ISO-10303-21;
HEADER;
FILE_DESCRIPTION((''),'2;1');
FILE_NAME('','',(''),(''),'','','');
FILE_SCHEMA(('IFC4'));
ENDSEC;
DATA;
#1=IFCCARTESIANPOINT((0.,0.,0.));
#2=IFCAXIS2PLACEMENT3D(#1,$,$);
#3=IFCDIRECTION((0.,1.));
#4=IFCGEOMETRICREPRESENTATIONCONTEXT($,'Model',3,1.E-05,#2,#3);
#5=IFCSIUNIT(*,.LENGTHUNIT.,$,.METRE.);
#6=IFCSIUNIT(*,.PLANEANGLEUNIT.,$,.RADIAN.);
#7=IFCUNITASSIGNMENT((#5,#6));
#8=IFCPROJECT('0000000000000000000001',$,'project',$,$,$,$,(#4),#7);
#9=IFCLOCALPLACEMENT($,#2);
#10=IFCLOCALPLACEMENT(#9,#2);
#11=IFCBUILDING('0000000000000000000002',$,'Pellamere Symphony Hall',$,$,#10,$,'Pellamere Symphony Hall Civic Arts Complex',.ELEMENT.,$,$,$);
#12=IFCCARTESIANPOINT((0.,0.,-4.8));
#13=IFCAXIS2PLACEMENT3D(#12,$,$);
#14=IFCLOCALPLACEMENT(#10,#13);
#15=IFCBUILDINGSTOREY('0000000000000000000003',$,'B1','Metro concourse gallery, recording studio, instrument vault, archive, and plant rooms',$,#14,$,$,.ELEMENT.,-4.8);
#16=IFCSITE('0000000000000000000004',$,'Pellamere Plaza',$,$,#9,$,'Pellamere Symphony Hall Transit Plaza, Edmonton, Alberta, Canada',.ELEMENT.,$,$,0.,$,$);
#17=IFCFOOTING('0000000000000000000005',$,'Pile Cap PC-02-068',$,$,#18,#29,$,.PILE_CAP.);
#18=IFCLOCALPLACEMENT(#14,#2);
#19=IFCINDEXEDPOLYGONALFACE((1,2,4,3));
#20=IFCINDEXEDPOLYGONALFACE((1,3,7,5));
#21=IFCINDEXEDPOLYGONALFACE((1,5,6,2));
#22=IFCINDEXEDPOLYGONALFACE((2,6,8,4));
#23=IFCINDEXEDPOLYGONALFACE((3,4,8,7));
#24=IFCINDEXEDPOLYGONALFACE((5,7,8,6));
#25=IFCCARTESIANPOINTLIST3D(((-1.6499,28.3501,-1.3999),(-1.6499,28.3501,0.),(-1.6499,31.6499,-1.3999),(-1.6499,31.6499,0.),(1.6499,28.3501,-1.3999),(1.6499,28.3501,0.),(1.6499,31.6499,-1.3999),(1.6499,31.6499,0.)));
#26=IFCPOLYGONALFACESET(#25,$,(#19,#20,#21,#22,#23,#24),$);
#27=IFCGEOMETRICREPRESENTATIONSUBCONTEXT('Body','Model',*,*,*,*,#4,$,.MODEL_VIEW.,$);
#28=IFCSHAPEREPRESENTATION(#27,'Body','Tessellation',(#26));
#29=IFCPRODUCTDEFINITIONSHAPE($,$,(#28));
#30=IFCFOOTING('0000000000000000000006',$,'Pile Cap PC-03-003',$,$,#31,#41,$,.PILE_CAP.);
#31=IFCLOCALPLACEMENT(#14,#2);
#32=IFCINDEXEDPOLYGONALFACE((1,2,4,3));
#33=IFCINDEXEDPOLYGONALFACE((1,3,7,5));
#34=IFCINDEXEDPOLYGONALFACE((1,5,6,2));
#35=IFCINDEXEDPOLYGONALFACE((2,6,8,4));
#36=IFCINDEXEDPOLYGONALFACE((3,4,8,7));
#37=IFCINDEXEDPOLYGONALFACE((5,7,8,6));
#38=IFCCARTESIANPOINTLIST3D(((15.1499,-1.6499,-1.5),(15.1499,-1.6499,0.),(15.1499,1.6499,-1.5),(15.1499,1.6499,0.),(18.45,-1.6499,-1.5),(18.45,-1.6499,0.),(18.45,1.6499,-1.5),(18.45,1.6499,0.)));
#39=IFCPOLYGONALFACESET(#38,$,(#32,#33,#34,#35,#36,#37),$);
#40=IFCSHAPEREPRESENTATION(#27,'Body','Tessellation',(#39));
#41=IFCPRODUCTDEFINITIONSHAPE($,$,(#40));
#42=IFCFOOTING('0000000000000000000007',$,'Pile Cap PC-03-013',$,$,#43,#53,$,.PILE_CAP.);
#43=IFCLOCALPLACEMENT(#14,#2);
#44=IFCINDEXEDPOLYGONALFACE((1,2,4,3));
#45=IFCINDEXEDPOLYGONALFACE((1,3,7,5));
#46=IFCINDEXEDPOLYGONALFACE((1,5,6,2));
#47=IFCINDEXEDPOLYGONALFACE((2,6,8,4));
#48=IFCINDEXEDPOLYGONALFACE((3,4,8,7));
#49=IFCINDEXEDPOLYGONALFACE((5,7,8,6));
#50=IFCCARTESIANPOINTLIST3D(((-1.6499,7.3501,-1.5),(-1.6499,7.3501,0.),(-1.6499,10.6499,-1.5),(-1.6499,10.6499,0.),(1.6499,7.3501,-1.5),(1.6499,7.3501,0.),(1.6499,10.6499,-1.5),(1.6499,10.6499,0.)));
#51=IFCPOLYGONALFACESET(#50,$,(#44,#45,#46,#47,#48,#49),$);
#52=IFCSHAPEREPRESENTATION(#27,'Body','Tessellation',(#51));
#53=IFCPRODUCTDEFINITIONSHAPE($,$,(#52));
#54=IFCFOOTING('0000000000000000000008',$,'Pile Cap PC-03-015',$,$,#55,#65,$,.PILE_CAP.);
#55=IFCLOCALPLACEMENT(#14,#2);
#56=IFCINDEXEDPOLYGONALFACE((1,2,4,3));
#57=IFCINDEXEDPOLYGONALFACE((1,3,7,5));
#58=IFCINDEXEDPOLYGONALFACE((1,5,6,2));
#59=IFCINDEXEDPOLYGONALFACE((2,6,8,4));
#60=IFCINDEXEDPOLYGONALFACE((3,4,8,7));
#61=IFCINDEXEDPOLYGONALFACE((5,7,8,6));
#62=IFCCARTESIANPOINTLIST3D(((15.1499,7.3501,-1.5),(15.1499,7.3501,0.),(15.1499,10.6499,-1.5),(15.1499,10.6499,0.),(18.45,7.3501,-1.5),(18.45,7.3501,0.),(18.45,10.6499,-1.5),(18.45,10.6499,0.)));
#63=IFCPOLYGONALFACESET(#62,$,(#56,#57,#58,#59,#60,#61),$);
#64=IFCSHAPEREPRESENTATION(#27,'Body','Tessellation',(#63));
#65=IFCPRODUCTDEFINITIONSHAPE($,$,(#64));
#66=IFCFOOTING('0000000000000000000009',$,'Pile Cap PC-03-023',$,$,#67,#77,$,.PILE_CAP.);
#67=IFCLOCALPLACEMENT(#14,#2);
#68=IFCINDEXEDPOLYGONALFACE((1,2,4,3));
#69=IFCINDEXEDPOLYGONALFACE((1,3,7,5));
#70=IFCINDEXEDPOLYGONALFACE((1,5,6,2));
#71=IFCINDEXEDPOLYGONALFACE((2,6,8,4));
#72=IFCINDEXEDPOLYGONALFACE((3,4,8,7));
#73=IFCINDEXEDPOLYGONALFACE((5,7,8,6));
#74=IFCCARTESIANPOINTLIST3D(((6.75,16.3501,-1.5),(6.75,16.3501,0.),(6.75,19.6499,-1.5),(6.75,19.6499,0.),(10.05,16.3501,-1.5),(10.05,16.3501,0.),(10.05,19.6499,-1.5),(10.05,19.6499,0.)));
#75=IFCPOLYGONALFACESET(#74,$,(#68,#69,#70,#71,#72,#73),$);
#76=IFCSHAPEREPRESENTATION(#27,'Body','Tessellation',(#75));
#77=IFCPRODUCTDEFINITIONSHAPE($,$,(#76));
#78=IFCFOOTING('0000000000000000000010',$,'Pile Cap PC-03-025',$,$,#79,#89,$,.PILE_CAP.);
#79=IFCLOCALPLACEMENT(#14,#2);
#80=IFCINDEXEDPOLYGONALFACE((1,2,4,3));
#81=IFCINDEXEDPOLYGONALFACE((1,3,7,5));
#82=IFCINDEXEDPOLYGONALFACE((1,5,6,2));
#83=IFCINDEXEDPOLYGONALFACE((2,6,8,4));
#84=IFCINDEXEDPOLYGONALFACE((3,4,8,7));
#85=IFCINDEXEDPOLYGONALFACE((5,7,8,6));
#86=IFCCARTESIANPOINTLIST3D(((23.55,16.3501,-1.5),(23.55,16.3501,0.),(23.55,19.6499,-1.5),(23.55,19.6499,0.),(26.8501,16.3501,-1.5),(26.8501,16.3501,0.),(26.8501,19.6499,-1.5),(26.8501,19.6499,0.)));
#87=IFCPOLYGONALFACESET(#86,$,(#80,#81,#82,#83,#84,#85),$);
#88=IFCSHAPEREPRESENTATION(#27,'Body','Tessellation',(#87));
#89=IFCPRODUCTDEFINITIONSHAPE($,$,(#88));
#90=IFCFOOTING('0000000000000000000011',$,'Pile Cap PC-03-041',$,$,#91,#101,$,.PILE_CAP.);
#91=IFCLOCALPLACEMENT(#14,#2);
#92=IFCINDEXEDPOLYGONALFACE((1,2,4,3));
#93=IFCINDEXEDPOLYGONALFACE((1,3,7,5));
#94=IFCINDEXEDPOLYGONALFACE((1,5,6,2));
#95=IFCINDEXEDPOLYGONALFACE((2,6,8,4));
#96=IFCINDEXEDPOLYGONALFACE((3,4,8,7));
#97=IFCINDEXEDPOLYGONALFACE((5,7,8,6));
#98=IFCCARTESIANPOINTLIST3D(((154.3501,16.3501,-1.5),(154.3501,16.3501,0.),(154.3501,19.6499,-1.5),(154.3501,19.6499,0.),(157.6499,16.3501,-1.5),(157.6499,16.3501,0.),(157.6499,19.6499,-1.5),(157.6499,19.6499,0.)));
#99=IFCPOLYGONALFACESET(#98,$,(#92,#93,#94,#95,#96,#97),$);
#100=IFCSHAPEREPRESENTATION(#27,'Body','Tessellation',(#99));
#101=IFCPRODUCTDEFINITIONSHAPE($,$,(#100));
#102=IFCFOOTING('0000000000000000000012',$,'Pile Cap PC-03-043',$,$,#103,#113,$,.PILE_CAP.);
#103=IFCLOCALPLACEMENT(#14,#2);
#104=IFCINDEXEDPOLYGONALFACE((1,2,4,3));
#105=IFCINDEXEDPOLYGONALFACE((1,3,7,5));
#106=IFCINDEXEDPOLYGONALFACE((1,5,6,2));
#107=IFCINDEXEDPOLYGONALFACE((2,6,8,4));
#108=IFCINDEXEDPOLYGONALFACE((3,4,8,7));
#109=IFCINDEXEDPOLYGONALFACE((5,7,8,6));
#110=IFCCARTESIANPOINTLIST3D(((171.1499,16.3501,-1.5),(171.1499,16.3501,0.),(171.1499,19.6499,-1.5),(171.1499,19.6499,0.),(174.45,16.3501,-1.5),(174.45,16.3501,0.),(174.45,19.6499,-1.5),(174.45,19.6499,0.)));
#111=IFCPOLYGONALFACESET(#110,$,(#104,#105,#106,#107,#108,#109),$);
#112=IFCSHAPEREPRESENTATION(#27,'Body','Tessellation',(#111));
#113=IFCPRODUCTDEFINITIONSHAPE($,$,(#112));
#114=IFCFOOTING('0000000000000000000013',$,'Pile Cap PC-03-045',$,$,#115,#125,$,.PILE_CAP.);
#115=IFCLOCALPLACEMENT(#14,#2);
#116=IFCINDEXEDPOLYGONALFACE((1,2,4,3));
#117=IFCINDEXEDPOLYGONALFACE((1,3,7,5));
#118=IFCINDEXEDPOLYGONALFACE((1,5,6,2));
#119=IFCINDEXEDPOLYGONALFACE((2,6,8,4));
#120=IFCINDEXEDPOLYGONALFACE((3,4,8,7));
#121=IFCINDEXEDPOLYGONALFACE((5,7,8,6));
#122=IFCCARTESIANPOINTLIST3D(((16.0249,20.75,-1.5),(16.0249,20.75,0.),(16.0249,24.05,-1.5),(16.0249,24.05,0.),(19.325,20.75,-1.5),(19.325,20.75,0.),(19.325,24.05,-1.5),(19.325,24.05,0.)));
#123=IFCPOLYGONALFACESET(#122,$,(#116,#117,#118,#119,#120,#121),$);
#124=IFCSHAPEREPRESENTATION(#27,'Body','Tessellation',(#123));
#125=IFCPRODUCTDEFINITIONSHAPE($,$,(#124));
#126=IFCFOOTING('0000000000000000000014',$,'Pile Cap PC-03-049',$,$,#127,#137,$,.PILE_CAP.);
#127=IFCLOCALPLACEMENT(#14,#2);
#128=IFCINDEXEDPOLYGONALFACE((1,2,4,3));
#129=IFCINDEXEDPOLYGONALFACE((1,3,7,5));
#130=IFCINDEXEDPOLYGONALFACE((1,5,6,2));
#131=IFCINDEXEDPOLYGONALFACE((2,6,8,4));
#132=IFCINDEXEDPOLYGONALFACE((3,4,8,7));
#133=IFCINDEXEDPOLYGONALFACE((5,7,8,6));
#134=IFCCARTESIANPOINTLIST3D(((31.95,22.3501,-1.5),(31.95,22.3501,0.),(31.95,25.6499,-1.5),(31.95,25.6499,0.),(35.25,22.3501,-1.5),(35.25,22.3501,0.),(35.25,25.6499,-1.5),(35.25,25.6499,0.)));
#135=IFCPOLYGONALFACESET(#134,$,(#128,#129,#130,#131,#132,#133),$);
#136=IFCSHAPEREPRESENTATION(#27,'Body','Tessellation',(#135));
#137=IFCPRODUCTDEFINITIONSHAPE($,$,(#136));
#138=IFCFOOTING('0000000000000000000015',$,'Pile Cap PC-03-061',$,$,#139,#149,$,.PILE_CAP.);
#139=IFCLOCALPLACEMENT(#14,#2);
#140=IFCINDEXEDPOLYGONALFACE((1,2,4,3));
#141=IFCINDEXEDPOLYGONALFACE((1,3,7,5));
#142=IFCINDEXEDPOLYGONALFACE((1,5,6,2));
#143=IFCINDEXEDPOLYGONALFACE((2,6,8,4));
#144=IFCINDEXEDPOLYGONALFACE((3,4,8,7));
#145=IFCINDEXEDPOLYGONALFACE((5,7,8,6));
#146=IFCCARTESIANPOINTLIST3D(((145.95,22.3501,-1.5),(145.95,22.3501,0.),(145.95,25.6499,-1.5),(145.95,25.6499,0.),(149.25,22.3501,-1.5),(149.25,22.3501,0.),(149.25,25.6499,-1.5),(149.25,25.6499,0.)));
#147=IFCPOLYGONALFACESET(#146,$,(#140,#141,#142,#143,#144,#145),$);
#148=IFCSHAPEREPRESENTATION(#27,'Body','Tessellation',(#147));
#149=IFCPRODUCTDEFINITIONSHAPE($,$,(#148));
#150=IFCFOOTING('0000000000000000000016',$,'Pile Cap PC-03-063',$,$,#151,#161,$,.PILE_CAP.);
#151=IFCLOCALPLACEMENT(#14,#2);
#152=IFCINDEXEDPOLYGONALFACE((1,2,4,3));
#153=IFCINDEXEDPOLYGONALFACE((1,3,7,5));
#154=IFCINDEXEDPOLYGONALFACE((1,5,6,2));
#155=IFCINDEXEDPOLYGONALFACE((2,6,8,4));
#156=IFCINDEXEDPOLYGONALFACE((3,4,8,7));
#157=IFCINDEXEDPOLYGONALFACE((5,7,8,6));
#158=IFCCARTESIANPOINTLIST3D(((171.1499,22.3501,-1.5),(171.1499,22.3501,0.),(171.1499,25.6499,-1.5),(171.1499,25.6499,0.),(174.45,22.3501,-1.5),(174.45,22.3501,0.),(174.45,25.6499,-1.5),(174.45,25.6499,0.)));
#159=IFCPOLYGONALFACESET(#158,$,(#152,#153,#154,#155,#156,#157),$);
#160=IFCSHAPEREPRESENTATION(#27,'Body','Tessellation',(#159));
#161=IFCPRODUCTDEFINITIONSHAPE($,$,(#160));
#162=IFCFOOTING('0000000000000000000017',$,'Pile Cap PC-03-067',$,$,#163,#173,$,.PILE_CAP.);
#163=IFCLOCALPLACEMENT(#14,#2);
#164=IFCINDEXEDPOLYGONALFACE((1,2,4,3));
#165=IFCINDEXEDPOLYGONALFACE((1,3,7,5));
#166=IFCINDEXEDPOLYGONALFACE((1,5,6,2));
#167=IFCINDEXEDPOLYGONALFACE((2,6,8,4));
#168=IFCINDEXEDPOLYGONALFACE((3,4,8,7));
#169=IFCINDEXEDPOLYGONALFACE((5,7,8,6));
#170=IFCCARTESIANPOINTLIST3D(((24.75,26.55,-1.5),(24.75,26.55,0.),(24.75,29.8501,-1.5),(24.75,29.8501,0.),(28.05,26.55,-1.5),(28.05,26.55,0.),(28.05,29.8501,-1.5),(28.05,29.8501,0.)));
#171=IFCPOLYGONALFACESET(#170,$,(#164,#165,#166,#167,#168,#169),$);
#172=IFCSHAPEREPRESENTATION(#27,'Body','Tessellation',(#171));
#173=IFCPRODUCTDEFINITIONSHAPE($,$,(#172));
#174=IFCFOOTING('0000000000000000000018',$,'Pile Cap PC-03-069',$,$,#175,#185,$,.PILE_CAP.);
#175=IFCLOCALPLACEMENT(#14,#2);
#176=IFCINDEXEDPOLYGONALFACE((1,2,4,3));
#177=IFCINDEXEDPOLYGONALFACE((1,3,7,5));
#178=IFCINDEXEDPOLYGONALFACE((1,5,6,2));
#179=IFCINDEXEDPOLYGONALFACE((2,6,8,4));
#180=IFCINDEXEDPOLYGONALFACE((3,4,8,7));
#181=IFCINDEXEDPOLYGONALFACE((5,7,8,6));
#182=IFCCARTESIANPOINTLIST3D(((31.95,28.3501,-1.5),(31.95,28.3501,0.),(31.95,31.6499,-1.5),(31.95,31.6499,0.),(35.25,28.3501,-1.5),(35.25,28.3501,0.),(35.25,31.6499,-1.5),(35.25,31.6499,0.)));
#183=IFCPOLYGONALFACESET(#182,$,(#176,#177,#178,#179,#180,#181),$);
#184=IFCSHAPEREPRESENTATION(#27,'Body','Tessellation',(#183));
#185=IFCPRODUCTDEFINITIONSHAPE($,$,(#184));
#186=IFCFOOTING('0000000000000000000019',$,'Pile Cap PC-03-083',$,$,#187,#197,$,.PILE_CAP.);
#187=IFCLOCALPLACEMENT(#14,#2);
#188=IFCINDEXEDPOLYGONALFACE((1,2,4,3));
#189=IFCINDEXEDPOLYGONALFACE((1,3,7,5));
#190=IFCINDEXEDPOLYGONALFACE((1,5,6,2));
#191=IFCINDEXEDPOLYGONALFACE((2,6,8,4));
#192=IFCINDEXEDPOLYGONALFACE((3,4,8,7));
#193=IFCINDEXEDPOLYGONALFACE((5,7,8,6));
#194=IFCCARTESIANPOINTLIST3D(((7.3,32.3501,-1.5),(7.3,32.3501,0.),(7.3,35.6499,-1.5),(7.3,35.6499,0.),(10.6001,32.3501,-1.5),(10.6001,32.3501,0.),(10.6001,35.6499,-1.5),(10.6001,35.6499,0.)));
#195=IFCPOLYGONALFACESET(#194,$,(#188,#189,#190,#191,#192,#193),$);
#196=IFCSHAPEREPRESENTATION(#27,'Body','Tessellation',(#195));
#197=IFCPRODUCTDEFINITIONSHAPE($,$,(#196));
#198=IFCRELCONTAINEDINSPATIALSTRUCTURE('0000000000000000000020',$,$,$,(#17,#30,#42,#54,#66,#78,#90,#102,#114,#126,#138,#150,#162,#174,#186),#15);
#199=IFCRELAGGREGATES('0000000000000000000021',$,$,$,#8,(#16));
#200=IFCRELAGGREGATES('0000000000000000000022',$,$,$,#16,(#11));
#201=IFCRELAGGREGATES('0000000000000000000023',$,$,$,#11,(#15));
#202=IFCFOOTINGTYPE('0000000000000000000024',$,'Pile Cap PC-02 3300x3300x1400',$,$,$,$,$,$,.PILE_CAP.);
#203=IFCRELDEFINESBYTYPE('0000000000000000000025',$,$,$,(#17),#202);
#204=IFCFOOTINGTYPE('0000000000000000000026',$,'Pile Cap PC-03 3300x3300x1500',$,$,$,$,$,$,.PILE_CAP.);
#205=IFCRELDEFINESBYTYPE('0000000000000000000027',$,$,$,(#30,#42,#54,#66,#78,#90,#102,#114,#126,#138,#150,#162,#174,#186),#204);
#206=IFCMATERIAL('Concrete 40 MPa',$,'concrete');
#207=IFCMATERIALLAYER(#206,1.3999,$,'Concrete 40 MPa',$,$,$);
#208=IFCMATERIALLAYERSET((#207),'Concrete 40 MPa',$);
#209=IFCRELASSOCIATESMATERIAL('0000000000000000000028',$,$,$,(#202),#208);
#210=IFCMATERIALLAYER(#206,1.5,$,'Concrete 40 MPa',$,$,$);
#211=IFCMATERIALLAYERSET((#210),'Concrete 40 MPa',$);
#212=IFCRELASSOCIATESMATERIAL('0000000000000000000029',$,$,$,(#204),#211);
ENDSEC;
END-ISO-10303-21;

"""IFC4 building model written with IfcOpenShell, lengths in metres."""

from ifc_helpers import new_model, si_unit, direction, frame, origin, place, context, subcontext, project, spatial, polyline, outline, extrude, material, layer, layer_set, type_object, element, save


model = new_model("IFC4")

# Units and contexts
model_context = context("Model", 3, precision=1e-05, world=origin(), true_north=direction((0.0, 1.0)))
body_context = subcontext(model_context, "Body", "Model", "MODEL_VIEW")
ifc_project = project(units=[si_unit("LENGTHUNIT", "METRE"), si_unit("PLANEANGLEUNIT", "RADIAN")], contexts=[model_context])

# Site, building, storey
site_placement = place(None, origin())
site = spatial("IfcSite", under=ifc_project, at=site_placement, Name="Pellamere Plaza", LongName="Pellamere Symphony Hall Transit Plaza, Edmonton, Alberta, Canada", CompositionType="ELEMENT", RefElevation=0.0)
building_placement = place(site_placement, origin())
building = spatial("IfcBuilding", under=site, at=building_placement, Name="Pellamere Symphony Hall", LongName="Pellamere Symphony Hall Civic Arts Complex", CompositionType="ELEMENT")
storey_placement = place(building_placement, frame((0.0, 0.0, -4.8)))
storey = spatial("IfcBuildingStorey", under=building, at=storey_placement, Name="B1", Description="Metro concourse gallery, recording studio, instrument vault, archive, and plant rooms", CompositionType="ELEMENT", Elevation=-4.8)

# Footings
ifc_material_1 = material(Name="Concrete 40 MPa", Category="concrete")
ifc_layer_1 = layer(ifc_material_1, 1.3999, Name="Concrete 40 MPa")
ifc_layer_set_1 = layer_set([ifc_layer_1], Name="Concrete 40 MPa")
footing_type_1 = type_object("IfcFootingType", Name="Pile Cap PC-02 3300x3300x1400", PredefinedType="PILE_CAP", material=ifc_layer_set_1)
footing_1_placement = place(storey_placement, frame((0.0, 0.0, -1.3999)))
element("IfcFooting", 1, at=footing_1_placement, inside=storey, type_object=footing_type_1, Name="Pile Cap PC-02-068", PredefinedType="PILE_CAP", context=body_context, shape_type="SweptSolid", body=[
    extrude(outline(polyline([(-1.6499, 28.3501), (-1.6499, 31.6499), (1.6499, 31.6499), (1.6499, 28.3501), (-1.6499, 28.3501)])), origin(), (0.0, 0.0, 1.0), 1.3999),
])
ifc_layer_2 = layer(ifc_material_1, 1.5, Name="Concrete 40 MPa")
ifc_layer_set_2 = layer_set([ifc_layer_2], Name="Concrete 40 MPa")
footing_type_2 = type_object("IfcFootingType", Name="Pile Cap PC-03 3300x3300x1500", PredefinedType="PILE_CAP", material=ifc_layer_set_2)
footing_2_placement = place(storey_placement, frame((0.0, 0.0, -1.5)))
element("IfcFooting", 2, at=footing_2_placement, inside=storey, type_object=footing_type_2, Name="Pile Cap PC-03-003", PredefinedType="PILE_CAP", context=body_context, shape_type="SweptSolid", body=[
    extrude(outline(polyline([(18.45, -1.6499), (15.1499, -1.6499), (15.1499, 1.6499), (18.45, 1.6499), (18.45, -1.6499)])), origin(), (0.0, 0.0, 1.0), 1.5),
])
footing_3_placement = place(storey_placement, frame((0.0, 0.0, -1.5)))
element("IfcFooting", 3, at=footing_3_placement, inside=storey, type_object=footing_type_2, Name="Pile Cap PC-03-013", PredefinedType="PILE_CAP", context=body_context, shape_type="SweptSolid", body=[
    extrude(outline(polyline([(-1.6499, 7.3501), (-1.6499, 10.6499), (1.6499, 10.6499), (1.6499, 7.3501), (-1.6499, 7.3501)])), origin(), (0.0, 0.0, 1.0), 1.5),
])
footing_4_placement = place(storey_placement, frame((0.0, 0.0, -1.5)))
element("IfcFooting", 4, at=footing_4_placement, inside=storey, type_object=footing_type_2, Name="Pile Cap PC-03-015", PredefinedType="PILE_CAP", context=body_context, shape_type="SweptSolid", body=[
    extrude(outline(polyline([(15.1499, 7.3501), (15.1499, 10.6499), (18.45, 10.6499), (18.45, 7.3501), (15.1499, 7.3501)])), origin(), (0.0, 0.0, 1.0), 1.5),
])
footing_5_placement = place(storey_placement, frame((0.0, 0.0, -1.5)))
element("IfcFooting", 5, at=footing_5_placement, inside=storey, type_object=footing_type_2, Name="Pile Cap PC-03-023", PredefinedType="PILE_CAP", context=body_context, shape_type="SweptSolid", body=[
    extrude(outline(polyline([(10.05, 16.3501), (6.75, 16.3501), (6.75, 19.6499), (10.05, 19.6499), (10.05, 16.3501)])), origin(), (0.0, 0.0, 1.0), 1.5),
])
footing_6_placement = place(storey_placement, frame((0.0, 0.0, -1.5)))
element("IfcFooting", 6, at=footing_6_placement, inside=storey, type_object=footing_type_2, Name="Pile Cap PC-03-025", PredefinedType="PILE_CAP", context=body_context, shape_type="SweptSolid", body=[
    extrude(outline(polyline([(26.8501, 16.3501), (23.55, 16.3501), (23.55, 19.6499), (26.8501, 19.6499), (26.8501, 16.3501)])), origin(), (0.0, 0.0, 1.0), 1.5),
])
footing_7_placement = place(storey_placement, frame((0.0, 0.0, -1.5)))
element("IfcFooting", 7, at=footing_7_placement, inside=storey, type_object=footing_type_2, Name="Pile Cap PC-03-041", PredefinedType="PILE_CAP", context=body_context, shape_type="SweptSolid", body=[
    extrude(outline(polyline([(154.3501, 16.3501), (154.3501, 19.6499), (157.6499, 19.6499), (157.6499, 16.3501), (154.3501, 16.3501)])), origin(), (0.0, 0.0, 1.0), 1.5),
])
footing_8_placement = place(storey_placement, frame((0.0, 0.0, -1.5)))
element("IfcFooting", 8, at=footing_8_placement, inside=storey, type_object=footing_type_2, Name="Pile Cap PC-03-043", PredefinedType="PILE_CAP", context=body_context, shape_type="SweptSolid", body=[
    extrude(outline(polyline([(171.1499, 16.3501), (171.1499, 19.6499), (174.45, 19.6499), (174.45, 16.3501), (171.1499, 16.3501)])), origin(), (0.0, 0.0, 1.0), 1.5),
])
footing_9_placement = place(storey_placement, frame((0.0, 0.0, -1.5)))
element("IfcFooting", 9, at=footing_9_placement, inside=storey, type_object=footing_type_2, Name="Pile Cap PC-03-045", PredefinedType="PILE_CAP", context=body_context, shape_type="SweptSolid", body=[
    extrude(outline(polyline([(16.0249, 20.75), (16.0249, 24.05), (19.325, 24.05), (19.325, 20.75), (16.0249, 20.75)])), origin(), (0.0, 0.0, 1.0), 1.5),
])
footing_10_placement = place(storey_placement, frame((0.0, 0.0, -1.5)))
element("IfcFooting", 10, at=footing_10_placement, inside=storey, type_object=footing_type_2, Name="Pile Cap PC-03-049", PredefinedType="PILE_CAP", context=body_context, shape_type="SweptSolid", body=[
    extrude(outline(polyline([(35.25, 22.3501), (31.95, 22.3501), (31.95, 25.6499), (35.25, 25.6499), (35.25, 22.3501)])), origin(), (0.0, 0.0, 1.0), 1.5),
])
footing_11_placement = place(storey_placement, frame((0.0, 0.0, -1.5)))
element("IfcFooting", 11, at=footing_11_placement, inside=storey, type_object=footing_type_2, Name="Pile Cap PC-03-061", PredefinedType="PILE_CAP", context=body_context, shape_type="SweptSolid", body=[
    extrude(outline(polyline([(145.95, 22.3501), (145.95, 25.6499), (149.25, 25.6499), (149.25, 22.3501), (145.95, 22.3501)])), origin(), (0.0, 0.0, 1.0), 1.5),
])
footing_12_placement = place(storey_placement, frame((0.0, 0.0, -1.5)))
element("IfcFooting", 12, at=footing_12_placement, inside=storey, type_object=footing_type_2, Name="Pile Cap PC-03-063", PredefinedType="PILE_CAP", context=body_context, shape_type="SweptSolid", body=[
    extrude(outline(polyline([(171.1499, 22.3501), (171.1499, 25.6499), (174.45, 25.6499), (174.45, 22.3501), (171.1499, 22.3501)])), origin(), (0.0, 0.0, 1.0), 1.5),
])
footing_13_placement = place(storey_placement, frame((0.0, 0.0, -1.5)))
element("IfcFooting", 13, at=footing_13_placement, inside=storey, type_object=footing_type_2, Name="Pile Cap PC-03-067", PredefinedType="PILE_CAP", context=body_context, shape_type="SweptSolid", body=[
    extrude(outline(polyline([(28.05, 26.55), (24.75, 26.55), (24.75, 29.8501), (28.05, 29.8501), (28.05, 26.55)])), origin(), (0.0, 0.0, 1.0), 1.5),
])
footing_14_placement = place(storey_placement, frame((0.0, 0.0, -1.5)))
element("IfcFooting", 14, at=footing_14_placement, inside=storey, type_object=footing_type_2, Name="Pile Cap PC-03-069", PredefinedType="PILE_CAP", context=body_context, shape_type="SweptSolid", body=[
    extrude(outline(polyline([(31.95, 28.3501), (31.95, 31.6499), (35.25, 31.6499), (35.25, 28.3501), (31.95, 28.3501)])), origin(), (0.0, 0.0, 1.0), 1.5),
])
footing_15_placement = place(storey_placement, frame((0.0, 0.0, -1.5)))
element("IfcFooting", 15, at=footing_15_placement, inside=storey, type_object=footing_type_2, Name="Pile Cap PC-03-083", PredefinedType="PILE_CAP", context=body_context, shape_type="SweptSolid", body=[
    extrude(outline(polyline([(10.6001, 32.3501), (7.3, 32.3501), (7.3, 35.6499), (10.6001, 35.6499), (10.6001, 32.3501)])), origin(), (0.0, 0.0, 1.0), 1.5),
])

save(model, "model.ifc")
